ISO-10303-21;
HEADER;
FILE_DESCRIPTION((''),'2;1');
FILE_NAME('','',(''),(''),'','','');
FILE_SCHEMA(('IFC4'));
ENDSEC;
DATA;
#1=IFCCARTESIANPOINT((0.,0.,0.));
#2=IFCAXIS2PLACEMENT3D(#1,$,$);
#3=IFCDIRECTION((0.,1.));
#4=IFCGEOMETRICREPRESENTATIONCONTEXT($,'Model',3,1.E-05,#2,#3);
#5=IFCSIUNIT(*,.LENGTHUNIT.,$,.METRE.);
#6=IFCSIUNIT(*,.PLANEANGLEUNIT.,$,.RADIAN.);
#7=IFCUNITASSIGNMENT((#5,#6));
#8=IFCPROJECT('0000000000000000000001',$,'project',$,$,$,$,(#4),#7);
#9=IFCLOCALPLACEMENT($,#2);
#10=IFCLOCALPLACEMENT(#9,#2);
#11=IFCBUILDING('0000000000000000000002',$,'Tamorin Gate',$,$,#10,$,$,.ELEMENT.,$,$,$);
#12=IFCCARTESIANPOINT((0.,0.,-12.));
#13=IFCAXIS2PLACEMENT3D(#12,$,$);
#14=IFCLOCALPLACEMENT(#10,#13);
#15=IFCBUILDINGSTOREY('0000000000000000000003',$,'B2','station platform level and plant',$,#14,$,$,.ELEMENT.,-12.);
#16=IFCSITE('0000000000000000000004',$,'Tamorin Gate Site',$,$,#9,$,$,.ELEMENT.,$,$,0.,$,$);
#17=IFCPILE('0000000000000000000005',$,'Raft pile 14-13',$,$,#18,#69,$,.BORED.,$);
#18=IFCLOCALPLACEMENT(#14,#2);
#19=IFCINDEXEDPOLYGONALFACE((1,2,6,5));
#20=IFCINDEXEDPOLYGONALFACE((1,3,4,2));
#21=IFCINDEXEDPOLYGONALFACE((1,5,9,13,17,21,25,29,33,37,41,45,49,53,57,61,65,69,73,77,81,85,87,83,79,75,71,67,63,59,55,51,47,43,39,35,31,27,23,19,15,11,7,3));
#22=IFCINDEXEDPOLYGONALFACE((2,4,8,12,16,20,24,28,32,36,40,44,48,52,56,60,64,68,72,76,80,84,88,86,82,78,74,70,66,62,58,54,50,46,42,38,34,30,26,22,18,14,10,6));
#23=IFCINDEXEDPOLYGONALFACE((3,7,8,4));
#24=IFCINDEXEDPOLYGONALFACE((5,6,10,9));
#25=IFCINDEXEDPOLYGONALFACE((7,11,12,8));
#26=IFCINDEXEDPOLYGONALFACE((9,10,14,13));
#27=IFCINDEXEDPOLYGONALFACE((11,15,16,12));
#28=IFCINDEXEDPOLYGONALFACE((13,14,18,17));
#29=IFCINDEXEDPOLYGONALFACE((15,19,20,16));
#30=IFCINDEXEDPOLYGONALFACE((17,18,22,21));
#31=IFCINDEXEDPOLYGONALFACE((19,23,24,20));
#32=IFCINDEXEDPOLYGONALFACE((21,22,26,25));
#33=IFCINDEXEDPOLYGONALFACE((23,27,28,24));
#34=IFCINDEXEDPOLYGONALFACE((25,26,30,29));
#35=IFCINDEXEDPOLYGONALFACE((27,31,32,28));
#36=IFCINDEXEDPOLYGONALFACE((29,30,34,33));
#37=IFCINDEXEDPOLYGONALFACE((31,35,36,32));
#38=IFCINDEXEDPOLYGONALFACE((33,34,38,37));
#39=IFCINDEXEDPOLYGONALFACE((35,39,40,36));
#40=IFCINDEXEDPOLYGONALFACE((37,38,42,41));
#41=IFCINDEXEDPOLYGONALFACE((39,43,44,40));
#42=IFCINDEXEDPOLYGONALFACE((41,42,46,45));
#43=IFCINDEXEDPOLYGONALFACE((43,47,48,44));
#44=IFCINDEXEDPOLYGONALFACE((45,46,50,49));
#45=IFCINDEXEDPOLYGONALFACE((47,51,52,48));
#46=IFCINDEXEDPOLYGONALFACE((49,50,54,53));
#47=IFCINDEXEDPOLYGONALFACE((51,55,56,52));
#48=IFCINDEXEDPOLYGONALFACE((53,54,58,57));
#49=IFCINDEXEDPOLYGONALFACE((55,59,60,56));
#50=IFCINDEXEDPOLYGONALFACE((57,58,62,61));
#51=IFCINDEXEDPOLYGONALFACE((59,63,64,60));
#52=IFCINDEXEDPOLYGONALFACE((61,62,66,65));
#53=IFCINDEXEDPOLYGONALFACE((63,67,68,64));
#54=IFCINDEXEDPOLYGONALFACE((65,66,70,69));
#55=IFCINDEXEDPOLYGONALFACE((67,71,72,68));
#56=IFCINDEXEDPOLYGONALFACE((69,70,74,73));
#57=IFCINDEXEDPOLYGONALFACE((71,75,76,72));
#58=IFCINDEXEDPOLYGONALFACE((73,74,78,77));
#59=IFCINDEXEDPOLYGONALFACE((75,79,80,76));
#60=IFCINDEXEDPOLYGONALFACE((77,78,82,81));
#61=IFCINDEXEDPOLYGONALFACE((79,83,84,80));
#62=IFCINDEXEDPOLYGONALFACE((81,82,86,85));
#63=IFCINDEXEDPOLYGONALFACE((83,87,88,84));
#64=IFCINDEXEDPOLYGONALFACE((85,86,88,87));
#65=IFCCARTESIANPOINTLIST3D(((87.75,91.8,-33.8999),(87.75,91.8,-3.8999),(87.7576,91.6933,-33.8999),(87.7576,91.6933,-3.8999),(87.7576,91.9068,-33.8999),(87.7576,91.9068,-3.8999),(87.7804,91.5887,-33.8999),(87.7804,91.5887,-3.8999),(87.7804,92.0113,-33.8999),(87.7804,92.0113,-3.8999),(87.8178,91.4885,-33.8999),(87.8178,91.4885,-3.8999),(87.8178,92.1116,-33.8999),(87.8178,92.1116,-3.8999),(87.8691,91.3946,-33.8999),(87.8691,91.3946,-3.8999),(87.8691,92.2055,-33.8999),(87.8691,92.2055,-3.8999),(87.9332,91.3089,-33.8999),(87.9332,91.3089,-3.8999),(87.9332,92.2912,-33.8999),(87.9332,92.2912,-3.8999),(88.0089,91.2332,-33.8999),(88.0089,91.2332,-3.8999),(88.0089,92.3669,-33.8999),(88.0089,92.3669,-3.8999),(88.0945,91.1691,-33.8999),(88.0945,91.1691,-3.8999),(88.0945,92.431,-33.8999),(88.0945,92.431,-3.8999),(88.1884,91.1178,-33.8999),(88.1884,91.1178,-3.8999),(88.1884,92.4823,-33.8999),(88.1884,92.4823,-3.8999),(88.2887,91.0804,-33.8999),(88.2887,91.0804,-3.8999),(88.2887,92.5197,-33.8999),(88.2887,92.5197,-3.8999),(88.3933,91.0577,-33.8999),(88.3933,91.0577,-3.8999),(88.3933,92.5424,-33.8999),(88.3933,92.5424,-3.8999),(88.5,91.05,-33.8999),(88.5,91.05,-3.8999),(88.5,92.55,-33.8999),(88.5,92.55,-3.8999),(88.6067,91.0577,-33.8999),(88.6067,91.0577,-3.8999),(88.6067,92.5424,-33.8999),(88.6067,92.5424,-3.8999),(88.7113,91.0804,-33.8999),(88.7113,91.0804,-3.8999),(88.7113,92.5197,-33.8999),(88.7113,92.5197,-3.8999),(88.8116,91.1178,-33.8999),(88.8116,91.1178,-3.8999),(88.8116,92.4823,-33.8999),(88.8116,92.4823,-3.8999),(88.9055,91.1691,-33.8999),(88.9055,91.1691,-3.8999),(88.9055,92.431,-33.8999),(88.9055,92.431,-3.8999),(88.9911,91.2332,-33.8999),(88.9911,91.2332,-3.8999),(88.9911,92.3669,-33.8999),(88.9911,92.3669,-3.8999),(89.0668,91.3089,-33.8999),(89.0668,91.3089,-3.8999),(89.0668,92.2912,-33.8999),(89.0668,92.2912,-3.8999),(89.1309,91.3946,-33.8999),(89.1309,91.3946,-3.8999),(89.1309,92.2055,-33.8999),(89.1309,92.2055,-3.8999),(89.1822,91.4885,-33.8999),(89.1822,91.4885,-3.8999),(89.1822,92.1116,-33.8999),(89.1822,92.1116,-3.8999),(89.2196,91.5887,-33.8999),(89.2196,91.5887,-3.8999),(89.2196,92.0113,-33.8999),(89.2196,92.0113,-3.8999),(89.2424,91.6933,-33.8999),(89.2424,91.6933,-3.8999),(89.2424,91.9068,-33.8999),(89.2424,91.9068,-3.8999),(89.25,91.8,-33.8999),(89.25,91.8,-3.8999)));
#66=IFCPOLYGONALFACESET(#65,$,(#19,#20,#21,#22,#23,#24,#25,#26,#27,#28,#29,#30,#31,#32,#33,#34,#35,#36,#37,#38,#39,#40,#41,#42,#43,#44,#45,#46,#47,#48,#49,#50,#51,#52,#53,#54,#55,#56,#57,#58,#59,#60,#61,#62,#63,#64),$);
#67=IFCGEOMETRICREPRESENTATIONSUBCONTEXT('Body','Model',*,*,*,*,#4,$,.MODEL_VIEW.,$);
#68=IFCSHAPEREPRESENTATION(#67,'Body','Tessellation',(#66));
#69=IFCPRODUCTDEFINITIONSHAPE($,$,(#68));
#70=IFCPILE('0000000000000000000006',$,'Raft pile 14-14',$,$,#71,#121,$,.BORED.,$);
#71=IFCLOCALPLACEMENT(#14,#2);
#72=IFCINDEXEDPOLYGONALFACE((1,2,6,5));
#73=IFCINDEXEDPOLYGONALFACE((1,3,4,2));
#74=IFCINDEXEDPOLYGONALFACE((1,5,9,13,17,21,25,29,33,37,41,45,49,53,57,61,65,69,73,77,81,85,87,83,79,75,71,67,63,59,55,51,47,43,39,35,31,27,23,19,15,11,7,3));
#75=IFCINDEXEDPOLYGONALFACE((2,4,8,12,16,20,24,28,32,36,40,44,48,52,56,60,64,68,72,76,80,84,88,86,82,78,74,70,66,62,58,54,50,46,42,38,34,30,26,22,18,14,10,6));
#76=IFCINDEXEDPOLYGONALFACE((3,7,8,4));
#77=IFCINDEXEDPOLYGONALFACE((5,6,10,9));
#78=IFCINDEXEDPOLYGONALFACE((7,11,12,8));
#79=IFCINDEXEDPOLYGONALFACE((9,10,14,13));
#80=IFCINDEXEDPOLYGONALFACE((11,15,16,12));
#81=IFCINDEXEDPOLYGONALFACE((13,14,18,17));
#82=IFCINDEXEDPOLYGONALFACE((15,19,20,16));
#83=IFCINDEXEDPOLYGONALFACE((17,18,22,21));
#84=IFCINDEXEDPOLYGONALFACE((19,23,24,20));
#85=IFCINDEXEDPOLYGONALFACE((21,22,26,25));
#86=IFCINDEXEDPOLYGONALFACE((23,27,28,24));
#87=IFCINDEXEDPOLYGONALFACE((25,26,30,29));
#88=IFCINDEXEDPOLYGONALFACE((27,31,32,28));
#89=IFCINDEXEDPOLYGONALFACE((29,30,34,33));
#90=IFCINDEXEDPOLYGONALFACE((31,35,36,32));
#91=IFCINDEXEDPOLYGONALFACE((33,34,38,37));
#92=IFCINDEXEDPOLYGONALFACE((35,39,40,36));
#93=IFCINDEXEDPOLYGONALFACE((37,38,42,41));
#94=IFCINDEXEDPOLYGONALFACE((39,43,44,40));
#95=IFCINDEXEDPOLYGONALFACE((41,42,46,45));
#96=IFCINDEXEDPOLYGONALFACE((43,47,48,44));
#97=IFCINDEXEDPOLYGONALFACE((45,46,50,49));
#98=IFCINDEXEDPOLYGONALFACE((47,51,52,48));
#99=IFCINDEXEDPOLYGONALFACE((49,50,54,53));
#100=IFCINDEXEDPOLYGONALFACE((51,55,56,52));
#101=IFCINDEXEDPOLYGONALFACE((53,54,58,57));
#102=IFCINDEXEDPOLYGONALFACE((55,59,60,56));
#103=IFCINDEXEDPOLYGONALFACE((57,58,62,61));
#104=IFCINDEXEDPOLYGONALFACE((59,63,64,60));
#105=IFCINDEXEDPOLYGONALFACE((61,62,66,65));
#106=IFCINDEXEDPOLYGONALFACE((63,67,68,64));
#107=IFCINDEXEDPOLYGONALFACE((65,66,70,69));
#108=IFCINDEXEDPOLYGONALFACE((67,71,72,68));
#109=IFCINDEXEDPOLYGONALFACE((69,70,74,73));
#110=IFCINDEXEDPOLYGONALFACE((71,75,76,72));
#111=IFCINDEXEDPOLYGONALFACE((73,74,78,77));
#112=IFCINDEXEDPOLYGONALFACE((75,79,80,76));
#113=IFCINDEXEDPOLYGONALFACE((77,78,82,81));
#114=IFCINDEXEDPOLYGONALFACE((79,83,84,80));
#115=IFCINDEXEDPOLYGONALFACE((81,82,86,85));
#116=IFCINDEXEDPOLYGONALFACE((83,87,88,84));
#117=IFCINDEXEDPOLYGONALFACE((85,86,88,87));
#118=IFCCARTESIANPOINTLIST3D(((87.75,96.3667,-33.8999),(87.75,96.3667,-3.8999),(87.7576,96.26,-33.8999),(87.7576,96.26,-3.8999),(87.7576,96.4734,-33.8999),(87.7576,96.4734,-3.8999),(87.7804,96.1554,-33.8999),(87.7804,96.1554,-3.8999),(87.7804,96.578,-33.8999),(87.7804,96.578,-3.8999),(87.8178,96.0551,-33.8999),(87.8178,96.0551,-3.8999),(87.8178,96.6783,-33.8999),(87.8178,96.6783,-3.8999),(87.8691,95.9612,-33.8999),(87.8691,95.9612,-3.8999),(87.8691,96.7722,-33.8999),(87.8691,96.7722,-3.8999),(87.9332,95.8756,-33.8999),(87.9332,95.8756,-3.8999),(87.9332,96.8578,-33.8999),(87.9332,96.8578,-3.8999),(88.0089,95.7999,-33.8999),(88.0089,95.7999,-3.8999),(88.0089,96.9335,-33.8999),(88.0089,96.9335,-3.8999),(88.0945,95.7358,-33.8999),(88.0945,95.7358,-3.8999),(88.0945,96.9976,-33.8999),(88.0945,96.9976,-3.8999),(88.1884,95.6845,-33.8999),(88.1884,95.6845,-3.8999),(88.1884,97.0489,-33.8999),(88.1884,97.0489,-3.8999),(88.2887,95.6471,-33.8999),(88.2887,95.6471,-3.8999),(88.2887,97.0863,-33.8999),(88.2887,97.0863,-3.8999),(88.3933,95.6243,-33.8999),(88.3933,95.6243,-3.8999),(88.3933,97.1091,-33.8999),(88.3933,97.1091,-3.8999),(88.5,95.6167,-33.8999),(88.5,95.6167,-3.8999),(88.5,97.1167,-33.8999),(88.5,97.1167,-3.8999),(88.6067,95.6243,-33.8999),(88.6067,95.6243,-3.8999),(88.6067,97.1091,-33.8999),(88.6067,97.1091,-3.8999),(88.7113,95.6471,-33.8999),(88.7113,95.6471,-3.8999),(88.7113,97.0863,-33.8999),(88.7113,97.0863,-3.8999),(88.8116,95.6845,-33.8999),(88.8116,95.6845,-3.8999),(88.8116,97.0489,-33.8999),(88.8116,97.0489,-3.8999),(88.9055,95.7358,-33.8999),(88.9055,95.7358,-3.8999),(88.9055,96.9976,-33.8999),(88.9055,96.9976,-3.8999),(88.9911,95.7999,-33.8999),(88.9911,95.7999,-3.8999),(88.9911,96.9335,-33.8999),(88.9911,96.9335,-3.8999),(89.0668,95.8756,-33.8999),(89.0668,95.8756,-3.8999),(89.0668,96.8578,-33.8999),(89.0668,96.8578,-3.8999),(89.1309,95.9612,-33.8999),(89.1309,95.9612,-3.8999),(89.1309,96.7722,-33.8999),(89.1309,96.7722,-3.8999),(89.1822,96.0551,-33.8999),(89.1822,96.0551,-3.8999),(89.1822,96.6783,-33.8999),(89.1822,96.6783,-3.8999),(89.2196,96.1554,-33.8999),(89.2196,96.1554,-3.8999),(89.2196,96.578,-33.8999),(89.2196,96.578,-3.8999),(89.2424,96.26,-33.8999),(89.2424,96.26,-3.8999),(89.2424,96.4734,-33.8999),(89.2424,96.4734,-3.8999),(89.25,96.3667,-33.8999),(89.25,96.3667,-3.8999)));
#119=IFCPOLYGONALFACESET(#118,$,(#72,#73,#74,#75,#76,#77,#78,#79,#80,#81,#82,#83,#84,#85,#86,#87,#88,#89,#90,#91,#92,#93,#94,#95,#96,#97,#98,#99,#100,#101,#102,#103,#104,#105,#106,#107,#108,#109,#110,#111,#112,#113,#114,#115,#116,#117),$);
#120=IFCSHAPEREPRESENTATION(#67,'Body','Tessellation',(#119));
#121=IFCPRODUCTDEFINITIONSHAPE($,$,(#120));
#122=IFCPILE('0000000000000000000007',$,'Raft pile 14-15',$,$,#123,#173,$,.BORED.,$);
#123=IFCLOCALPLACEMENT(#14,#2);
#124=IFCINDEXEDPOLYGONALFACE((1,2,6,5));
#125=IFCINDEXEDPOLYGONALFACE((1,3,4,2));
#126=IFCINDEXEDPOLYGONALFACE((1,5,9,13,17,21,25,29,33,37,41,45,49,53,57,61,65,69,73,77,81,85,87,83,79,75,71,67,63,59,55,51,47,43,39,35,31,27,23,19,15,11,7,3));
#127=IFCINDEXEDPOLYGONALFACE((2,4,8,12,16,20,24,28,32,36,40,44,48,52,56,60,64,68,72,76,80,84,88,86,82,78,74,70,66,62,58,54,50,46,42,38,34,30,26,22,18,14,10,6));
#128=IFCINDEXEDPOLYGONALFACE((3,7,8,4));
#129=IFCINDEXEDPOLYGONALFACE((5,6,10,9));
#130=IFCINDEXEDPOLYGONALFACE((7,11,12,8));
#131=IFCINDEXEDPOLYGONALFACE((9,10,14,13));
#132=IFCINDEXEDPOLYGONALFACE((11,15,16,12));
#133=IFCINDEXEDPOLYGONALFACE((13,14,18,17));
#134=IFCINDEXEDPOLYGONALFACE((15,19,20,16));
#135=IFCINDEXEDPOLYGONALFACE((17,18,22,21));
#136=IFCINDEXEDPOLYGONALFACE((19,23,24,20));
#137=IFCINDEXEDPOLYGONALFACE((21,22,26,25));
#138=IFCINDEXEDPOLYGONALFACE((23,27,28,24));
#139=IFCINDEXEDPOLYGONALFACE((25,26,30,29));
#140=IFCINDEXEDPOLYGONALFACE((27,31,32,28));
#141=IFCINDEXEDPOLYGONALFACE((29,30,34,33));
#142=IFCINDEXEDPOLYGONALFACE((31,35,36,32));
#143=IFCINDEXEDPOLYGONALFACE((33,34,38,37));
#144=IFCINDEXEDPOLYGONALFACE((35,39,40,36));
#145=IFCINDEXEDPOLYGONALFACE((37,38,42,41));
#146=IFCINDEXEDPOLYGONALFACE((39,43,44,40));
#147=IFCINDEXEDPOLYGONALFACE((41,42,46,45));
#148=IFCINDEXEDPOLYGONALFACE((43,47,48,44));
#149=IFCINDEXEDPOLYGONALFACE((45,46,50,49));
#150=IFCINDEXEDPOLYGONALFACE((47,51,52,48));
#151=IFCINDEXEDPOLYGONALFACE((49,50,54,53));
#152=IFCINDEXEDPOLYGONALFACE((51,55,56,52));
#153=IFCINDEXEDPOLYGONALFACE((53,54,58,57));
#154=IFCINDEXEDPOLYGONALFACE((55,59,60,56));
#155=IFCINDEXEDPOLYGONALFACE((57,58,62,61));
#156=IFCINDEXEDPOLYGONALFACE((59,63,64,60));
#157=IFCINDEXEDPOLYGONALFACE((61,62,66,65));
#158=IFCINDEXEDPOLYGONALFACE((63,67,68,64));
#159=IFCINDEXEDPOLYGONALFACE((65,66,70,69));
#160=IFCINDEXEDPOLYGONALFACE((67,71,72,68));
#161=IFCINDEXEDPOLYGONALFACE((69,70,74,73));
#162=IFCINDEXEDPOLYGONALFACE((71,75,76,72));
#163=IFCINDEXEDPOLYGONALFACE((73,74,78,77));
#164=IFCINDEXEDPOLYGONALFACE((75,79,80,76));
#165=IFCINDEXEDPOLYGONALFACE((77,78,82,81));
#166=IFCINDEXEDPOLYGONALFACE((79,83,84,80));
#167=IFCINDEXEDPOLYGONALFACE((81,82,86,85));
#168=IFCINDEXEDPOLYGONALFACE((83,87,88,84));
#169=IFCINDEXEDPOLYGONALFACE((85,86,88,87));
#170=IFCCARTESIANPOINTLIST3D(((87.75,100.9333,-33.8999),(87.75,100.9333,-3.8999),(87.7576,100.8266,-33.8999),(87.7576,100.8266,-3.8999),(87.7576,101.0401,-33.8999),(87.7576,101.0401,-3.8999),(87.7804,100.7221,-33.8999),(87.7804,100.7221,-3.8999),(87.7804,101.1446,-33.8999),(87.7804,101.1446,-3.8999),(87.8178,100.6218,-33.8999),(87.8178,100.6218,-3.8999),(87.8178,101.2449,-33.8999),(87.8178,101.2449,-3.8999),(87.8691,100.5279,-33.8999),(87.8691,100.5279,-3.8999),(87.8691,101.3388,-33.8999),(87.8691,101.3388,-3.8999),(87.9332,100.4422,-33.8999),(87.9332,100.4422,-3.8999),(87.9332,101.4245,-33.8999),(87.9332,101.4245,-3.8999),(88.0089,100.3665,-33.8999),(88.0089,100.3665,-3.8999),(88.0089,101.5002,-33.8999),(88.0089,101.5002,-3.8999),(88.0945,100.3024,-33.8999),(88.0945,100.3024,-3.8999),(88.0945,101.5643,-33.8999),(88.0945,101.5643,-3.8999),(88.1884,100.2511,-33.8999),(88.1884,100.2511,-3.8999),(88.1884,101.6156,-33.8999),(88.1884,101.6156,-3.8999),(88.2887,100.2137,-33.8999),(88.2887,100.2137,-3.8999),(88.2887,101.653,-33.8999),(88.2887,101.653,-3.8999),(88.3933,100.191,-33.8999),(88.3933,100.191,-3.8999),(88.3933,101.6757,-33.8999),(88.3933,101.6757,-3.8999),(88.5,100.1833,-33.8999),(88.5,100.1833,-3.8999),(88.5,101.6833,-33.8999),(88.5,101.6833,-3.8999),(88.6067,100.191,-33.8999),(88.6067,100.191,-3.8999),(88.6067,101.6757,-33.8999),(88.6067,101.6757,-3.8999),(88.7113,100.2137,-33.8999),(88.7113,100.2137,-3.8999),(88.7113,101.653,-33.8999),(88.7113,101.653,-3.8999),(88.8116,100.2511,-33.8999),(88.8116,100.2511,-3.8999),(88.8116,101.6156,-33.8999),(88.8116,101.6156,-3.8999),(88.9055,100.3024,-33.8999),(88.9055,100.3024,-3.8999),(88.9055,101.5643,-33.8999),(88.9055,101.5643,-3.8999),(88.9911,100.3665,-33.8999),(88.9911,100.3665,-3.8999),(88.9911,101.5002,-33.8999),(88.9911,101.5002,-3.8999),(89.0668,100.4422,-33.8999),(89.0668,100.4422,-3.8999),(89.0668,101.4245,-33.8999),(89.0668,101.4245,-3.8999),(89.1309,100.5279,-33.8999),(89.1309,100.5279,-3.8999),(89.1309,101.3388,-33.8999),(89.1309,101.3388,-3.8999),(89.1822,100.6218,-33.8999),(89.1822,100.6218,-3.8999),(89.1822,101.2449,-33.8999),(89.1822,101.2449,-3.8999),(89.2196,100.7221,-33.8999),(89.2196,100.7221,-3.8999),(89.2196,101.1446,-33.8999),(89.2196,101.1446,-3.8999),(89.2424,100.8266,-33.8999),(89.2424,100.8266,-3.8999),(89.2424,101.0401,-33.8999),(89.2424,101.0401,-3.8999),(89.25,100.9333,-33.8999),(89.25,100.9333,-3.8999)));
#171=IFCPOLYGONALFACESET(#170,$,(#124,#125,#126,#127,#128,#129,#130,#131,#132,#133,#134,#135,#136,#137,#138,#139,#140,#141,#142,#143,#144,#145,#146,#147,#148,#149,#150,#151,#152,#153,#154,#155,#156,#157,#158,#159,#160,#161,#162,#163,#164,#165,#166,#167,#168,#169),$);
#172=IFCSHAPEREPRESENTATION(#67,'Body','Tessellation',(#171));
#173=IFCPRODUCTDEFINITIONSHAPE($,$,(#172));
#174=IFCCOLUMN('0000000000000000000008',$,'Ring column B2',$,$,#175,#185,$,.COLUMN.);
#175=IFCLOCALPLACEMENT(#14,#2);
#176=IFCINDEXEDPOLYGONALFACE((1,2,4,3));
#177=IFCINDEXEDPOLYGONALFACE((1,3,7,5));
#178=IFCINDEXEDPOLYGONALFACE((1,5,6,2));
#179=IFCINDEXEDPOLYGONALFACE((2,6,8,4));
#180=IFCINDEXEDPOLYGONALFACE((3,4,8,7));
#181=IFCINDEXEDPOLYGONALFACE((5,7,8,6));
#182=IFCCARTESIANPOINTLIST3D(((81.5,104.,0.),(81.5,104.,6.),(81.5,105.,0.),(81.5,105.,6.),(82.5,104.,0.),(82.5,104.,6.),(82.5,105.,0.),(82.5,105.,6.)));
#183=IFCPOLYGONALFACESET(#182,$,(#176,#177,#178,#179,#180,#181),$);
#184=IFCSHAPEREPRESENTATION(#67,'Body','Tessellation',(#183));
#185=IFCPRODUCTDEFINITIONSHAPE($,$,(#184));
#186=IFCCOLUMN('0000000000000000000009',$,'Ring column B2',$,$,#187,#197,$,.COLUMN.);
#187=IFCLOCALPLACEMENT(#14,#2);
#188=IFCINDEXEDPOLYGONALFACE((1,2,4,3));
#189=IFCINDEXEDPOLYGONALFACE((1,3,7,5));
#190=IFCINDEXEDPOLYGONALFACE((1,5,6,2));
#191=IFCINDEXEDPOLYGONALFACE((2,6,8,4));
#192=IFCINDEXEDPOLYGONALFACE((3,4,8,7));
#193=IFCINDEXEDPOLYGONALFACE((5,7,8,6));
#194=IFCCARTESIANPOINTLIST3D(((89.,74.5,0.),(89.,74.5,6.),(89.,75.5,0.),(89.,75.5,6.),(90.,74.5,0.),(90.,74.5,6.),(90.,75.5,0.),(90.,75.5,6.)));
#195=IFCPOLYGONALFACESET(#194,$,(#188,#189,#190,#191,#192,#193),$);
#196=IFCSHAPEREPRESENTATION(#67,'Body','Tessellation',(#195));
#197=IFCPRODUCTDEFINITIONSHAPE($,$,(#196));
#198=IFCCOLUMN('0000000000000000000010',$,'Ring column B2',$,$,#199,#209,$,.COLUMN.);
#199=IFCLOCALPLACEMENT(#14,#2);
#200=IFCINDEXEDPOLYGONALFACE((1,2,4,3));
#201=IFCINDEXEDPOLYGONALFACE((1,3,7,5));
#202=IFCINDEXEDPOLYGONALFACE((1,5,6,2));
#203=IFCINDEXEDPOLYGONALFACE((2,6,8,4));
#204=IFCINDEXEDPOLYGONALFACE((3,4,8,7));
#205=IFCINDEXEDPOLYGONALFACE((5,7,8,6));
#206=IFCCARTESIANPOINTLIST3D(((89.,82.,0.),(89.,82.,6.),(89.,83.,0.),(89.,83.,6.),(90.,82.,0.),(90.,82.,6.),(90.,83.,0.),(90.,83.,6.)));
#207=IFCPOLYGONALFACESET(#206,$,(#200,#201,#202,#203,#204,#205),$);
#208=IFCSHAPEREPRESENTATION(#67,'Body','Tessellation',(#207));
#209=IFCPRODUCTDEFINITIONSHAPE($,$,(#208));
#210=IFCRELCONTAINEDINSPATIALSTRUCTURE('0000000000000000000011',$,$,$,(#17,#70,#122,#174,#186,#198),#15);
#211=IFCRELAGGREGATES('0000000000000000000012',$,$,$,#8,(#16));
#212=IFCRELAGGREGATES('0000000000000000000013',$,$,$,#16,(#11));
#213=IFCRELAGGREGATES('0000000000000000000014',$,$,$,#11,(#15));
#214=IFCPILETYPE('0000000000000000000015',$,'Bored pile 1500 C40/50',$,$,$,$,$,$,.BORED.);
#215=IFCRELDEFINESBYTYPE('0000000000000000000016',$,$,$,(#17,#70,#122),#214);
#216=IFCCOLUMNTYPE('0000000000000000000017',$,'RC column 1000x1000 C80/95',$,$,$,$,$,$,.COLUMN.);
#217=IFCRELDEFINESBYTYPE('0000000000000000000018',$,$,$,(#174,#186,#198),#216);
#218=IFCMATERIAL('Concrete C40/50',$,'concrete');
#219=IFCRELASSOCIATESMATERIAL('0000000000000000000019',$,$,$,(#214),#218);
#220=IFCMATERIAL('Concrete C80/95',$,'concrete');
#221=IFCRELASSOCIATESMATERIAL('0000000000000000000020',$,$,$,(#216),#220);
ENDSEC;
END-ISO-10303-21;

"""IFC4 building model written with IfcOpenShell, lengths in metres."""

from ifc_helpers import new_model, si_unit, direction, frame, origin, origin_2d, place, context, subcontext, project, spatial, rectangle, circle, extrude, material, material_profile, profile_set, type_object, element, save


model = new_model("IFC4")

# Units and contexts
model_context = context("Model", 3, precision=1e-05, world=origin(), true_north=direction((0.0, 1.0)))
body_context = subcontext(model_context, "Body", "Model", "MODEL_VIEW")
ifc_project = project(units=[si_unit("LENGTHUNIT", "METRE"), si_unit("PLANEANGLEUNIT", "RADIAN")], contexts=[model_context])

# Site, building, storey
site_placement = place(None, origin())
site = spatial("IfcSite", under=ifc_project, at=site_placement, Name="Tamorin Gate Site", CompositionType="ELEMENT", RefElevation=0.0)
building_placement = place(site_placement, origin())
building = spatial("IfcBuilding", under=site, at=building_placement, Name="Tamorin Gate", CompositionType="ELEMENT")
storey_placement = place(building_placement, frame((0.0, 0.0, -12.0)))
storey = spatial("IfcBuildingStorey", under=building, at=storey_placement, Name="B2", Description="station platform level and plant", CompositionType="ELEMENT", Elevation=-12.0)

# Piles
ifc_material_1 = material(Name="Concrete C40/50", Category="concrete")
ifc_material_profile_1 = material_profile(ifc_material_1, circle(Radius=0.75, at=origin_2d()))
ifc_profile_set_1 = profile_set([ifc_material_profile_1], Name="Concrete C40/50")
pile_type = type_object("IfcPileType", Name="Bored pile 1500 C40/50", PredefinedType="BORED", material=ifc_profile_set_1)
for number, where, z_axis, x_axis, name in (
    (1, (88.5, 91.8, -3.8999), (0.0, 0.0, -1.0), (1.0, 0.0, 0.0), "Raft pile 14-13"),
    (2, (88.5, 96.3667, -3.8999), (0.0, 0.0, -1.0), (1.0, 0.0, 0.0), "Raft pile 14-14"),
    (3, (88.5, 100.9333, -3.8999), (0.0, 0.0, -1.0), (1.0, 0.0, 0.0), "Raft pile 14-15"),
):
    element("IfcPile", number, at=place(storey_placement, frame(where, z_axis=z_axis, x_axis=x_axis)), inside=storey, type_object=pile_type, Name=name, PredefinedType="BORED", context=body_context, shape_type="SweptSolid", body=[
        extrude(circle(Radius=0.75, at=origin_2d()), origin(), (0.0, 0.0, 1.0), 30.0),
    ])

# Columns
ifc_material_2 = material(Name="Concrete C80/95", Category="concrete")
ifc_material_profile_2 = material_profile(ifc_material_2, rectangle(XDim=1.0, YDim=1.0, at=origin_2d()), Name="RC 1000x1000")
ifc_profile_set_2 = profile_set([ifc_material_profile_2], Name="Concrete C80/95")
column_type_1 = type_object("IfcColumnType", Name="RC column 1000x1000 C80/95", PredefinedType="COLUMN", material=ifc_profile_set_2)
for number, where, z_axis, x_axis, name in (
    (4, (82.0, 104.5, 0.0), (0.0, 0.0, 1.0), (1.0, 0.0, 0.0), "Ring column B2"),
    (5, (89.5, 75.0, 0.0), (0.0, 0.0, 1.0), (1.0, 0.0, 0.0), "Ring column B2"),
    (6, (89.5, 82.5, 0.0), (0.0, 0.0, 1.0), (1.0, 0.0, 0.0), "Ring column B2"),
):
    element("IfcColumn", number, at=place(storey_placement, frame(where, z_axis=z_axis, x_axis=x_axis)), inside=storey, type_object=column_type_1, Name=name, PredefinedType="COLUMN", context=body_context, shape_type="SweptSolid", body=[
        extrude(rectangle(XDim=1.0, YDim=1.0, at=origin_2d()), origin(), (0.0, 0.0, 1.0), 6.0),
    ])

save(model, "model.ifc")
